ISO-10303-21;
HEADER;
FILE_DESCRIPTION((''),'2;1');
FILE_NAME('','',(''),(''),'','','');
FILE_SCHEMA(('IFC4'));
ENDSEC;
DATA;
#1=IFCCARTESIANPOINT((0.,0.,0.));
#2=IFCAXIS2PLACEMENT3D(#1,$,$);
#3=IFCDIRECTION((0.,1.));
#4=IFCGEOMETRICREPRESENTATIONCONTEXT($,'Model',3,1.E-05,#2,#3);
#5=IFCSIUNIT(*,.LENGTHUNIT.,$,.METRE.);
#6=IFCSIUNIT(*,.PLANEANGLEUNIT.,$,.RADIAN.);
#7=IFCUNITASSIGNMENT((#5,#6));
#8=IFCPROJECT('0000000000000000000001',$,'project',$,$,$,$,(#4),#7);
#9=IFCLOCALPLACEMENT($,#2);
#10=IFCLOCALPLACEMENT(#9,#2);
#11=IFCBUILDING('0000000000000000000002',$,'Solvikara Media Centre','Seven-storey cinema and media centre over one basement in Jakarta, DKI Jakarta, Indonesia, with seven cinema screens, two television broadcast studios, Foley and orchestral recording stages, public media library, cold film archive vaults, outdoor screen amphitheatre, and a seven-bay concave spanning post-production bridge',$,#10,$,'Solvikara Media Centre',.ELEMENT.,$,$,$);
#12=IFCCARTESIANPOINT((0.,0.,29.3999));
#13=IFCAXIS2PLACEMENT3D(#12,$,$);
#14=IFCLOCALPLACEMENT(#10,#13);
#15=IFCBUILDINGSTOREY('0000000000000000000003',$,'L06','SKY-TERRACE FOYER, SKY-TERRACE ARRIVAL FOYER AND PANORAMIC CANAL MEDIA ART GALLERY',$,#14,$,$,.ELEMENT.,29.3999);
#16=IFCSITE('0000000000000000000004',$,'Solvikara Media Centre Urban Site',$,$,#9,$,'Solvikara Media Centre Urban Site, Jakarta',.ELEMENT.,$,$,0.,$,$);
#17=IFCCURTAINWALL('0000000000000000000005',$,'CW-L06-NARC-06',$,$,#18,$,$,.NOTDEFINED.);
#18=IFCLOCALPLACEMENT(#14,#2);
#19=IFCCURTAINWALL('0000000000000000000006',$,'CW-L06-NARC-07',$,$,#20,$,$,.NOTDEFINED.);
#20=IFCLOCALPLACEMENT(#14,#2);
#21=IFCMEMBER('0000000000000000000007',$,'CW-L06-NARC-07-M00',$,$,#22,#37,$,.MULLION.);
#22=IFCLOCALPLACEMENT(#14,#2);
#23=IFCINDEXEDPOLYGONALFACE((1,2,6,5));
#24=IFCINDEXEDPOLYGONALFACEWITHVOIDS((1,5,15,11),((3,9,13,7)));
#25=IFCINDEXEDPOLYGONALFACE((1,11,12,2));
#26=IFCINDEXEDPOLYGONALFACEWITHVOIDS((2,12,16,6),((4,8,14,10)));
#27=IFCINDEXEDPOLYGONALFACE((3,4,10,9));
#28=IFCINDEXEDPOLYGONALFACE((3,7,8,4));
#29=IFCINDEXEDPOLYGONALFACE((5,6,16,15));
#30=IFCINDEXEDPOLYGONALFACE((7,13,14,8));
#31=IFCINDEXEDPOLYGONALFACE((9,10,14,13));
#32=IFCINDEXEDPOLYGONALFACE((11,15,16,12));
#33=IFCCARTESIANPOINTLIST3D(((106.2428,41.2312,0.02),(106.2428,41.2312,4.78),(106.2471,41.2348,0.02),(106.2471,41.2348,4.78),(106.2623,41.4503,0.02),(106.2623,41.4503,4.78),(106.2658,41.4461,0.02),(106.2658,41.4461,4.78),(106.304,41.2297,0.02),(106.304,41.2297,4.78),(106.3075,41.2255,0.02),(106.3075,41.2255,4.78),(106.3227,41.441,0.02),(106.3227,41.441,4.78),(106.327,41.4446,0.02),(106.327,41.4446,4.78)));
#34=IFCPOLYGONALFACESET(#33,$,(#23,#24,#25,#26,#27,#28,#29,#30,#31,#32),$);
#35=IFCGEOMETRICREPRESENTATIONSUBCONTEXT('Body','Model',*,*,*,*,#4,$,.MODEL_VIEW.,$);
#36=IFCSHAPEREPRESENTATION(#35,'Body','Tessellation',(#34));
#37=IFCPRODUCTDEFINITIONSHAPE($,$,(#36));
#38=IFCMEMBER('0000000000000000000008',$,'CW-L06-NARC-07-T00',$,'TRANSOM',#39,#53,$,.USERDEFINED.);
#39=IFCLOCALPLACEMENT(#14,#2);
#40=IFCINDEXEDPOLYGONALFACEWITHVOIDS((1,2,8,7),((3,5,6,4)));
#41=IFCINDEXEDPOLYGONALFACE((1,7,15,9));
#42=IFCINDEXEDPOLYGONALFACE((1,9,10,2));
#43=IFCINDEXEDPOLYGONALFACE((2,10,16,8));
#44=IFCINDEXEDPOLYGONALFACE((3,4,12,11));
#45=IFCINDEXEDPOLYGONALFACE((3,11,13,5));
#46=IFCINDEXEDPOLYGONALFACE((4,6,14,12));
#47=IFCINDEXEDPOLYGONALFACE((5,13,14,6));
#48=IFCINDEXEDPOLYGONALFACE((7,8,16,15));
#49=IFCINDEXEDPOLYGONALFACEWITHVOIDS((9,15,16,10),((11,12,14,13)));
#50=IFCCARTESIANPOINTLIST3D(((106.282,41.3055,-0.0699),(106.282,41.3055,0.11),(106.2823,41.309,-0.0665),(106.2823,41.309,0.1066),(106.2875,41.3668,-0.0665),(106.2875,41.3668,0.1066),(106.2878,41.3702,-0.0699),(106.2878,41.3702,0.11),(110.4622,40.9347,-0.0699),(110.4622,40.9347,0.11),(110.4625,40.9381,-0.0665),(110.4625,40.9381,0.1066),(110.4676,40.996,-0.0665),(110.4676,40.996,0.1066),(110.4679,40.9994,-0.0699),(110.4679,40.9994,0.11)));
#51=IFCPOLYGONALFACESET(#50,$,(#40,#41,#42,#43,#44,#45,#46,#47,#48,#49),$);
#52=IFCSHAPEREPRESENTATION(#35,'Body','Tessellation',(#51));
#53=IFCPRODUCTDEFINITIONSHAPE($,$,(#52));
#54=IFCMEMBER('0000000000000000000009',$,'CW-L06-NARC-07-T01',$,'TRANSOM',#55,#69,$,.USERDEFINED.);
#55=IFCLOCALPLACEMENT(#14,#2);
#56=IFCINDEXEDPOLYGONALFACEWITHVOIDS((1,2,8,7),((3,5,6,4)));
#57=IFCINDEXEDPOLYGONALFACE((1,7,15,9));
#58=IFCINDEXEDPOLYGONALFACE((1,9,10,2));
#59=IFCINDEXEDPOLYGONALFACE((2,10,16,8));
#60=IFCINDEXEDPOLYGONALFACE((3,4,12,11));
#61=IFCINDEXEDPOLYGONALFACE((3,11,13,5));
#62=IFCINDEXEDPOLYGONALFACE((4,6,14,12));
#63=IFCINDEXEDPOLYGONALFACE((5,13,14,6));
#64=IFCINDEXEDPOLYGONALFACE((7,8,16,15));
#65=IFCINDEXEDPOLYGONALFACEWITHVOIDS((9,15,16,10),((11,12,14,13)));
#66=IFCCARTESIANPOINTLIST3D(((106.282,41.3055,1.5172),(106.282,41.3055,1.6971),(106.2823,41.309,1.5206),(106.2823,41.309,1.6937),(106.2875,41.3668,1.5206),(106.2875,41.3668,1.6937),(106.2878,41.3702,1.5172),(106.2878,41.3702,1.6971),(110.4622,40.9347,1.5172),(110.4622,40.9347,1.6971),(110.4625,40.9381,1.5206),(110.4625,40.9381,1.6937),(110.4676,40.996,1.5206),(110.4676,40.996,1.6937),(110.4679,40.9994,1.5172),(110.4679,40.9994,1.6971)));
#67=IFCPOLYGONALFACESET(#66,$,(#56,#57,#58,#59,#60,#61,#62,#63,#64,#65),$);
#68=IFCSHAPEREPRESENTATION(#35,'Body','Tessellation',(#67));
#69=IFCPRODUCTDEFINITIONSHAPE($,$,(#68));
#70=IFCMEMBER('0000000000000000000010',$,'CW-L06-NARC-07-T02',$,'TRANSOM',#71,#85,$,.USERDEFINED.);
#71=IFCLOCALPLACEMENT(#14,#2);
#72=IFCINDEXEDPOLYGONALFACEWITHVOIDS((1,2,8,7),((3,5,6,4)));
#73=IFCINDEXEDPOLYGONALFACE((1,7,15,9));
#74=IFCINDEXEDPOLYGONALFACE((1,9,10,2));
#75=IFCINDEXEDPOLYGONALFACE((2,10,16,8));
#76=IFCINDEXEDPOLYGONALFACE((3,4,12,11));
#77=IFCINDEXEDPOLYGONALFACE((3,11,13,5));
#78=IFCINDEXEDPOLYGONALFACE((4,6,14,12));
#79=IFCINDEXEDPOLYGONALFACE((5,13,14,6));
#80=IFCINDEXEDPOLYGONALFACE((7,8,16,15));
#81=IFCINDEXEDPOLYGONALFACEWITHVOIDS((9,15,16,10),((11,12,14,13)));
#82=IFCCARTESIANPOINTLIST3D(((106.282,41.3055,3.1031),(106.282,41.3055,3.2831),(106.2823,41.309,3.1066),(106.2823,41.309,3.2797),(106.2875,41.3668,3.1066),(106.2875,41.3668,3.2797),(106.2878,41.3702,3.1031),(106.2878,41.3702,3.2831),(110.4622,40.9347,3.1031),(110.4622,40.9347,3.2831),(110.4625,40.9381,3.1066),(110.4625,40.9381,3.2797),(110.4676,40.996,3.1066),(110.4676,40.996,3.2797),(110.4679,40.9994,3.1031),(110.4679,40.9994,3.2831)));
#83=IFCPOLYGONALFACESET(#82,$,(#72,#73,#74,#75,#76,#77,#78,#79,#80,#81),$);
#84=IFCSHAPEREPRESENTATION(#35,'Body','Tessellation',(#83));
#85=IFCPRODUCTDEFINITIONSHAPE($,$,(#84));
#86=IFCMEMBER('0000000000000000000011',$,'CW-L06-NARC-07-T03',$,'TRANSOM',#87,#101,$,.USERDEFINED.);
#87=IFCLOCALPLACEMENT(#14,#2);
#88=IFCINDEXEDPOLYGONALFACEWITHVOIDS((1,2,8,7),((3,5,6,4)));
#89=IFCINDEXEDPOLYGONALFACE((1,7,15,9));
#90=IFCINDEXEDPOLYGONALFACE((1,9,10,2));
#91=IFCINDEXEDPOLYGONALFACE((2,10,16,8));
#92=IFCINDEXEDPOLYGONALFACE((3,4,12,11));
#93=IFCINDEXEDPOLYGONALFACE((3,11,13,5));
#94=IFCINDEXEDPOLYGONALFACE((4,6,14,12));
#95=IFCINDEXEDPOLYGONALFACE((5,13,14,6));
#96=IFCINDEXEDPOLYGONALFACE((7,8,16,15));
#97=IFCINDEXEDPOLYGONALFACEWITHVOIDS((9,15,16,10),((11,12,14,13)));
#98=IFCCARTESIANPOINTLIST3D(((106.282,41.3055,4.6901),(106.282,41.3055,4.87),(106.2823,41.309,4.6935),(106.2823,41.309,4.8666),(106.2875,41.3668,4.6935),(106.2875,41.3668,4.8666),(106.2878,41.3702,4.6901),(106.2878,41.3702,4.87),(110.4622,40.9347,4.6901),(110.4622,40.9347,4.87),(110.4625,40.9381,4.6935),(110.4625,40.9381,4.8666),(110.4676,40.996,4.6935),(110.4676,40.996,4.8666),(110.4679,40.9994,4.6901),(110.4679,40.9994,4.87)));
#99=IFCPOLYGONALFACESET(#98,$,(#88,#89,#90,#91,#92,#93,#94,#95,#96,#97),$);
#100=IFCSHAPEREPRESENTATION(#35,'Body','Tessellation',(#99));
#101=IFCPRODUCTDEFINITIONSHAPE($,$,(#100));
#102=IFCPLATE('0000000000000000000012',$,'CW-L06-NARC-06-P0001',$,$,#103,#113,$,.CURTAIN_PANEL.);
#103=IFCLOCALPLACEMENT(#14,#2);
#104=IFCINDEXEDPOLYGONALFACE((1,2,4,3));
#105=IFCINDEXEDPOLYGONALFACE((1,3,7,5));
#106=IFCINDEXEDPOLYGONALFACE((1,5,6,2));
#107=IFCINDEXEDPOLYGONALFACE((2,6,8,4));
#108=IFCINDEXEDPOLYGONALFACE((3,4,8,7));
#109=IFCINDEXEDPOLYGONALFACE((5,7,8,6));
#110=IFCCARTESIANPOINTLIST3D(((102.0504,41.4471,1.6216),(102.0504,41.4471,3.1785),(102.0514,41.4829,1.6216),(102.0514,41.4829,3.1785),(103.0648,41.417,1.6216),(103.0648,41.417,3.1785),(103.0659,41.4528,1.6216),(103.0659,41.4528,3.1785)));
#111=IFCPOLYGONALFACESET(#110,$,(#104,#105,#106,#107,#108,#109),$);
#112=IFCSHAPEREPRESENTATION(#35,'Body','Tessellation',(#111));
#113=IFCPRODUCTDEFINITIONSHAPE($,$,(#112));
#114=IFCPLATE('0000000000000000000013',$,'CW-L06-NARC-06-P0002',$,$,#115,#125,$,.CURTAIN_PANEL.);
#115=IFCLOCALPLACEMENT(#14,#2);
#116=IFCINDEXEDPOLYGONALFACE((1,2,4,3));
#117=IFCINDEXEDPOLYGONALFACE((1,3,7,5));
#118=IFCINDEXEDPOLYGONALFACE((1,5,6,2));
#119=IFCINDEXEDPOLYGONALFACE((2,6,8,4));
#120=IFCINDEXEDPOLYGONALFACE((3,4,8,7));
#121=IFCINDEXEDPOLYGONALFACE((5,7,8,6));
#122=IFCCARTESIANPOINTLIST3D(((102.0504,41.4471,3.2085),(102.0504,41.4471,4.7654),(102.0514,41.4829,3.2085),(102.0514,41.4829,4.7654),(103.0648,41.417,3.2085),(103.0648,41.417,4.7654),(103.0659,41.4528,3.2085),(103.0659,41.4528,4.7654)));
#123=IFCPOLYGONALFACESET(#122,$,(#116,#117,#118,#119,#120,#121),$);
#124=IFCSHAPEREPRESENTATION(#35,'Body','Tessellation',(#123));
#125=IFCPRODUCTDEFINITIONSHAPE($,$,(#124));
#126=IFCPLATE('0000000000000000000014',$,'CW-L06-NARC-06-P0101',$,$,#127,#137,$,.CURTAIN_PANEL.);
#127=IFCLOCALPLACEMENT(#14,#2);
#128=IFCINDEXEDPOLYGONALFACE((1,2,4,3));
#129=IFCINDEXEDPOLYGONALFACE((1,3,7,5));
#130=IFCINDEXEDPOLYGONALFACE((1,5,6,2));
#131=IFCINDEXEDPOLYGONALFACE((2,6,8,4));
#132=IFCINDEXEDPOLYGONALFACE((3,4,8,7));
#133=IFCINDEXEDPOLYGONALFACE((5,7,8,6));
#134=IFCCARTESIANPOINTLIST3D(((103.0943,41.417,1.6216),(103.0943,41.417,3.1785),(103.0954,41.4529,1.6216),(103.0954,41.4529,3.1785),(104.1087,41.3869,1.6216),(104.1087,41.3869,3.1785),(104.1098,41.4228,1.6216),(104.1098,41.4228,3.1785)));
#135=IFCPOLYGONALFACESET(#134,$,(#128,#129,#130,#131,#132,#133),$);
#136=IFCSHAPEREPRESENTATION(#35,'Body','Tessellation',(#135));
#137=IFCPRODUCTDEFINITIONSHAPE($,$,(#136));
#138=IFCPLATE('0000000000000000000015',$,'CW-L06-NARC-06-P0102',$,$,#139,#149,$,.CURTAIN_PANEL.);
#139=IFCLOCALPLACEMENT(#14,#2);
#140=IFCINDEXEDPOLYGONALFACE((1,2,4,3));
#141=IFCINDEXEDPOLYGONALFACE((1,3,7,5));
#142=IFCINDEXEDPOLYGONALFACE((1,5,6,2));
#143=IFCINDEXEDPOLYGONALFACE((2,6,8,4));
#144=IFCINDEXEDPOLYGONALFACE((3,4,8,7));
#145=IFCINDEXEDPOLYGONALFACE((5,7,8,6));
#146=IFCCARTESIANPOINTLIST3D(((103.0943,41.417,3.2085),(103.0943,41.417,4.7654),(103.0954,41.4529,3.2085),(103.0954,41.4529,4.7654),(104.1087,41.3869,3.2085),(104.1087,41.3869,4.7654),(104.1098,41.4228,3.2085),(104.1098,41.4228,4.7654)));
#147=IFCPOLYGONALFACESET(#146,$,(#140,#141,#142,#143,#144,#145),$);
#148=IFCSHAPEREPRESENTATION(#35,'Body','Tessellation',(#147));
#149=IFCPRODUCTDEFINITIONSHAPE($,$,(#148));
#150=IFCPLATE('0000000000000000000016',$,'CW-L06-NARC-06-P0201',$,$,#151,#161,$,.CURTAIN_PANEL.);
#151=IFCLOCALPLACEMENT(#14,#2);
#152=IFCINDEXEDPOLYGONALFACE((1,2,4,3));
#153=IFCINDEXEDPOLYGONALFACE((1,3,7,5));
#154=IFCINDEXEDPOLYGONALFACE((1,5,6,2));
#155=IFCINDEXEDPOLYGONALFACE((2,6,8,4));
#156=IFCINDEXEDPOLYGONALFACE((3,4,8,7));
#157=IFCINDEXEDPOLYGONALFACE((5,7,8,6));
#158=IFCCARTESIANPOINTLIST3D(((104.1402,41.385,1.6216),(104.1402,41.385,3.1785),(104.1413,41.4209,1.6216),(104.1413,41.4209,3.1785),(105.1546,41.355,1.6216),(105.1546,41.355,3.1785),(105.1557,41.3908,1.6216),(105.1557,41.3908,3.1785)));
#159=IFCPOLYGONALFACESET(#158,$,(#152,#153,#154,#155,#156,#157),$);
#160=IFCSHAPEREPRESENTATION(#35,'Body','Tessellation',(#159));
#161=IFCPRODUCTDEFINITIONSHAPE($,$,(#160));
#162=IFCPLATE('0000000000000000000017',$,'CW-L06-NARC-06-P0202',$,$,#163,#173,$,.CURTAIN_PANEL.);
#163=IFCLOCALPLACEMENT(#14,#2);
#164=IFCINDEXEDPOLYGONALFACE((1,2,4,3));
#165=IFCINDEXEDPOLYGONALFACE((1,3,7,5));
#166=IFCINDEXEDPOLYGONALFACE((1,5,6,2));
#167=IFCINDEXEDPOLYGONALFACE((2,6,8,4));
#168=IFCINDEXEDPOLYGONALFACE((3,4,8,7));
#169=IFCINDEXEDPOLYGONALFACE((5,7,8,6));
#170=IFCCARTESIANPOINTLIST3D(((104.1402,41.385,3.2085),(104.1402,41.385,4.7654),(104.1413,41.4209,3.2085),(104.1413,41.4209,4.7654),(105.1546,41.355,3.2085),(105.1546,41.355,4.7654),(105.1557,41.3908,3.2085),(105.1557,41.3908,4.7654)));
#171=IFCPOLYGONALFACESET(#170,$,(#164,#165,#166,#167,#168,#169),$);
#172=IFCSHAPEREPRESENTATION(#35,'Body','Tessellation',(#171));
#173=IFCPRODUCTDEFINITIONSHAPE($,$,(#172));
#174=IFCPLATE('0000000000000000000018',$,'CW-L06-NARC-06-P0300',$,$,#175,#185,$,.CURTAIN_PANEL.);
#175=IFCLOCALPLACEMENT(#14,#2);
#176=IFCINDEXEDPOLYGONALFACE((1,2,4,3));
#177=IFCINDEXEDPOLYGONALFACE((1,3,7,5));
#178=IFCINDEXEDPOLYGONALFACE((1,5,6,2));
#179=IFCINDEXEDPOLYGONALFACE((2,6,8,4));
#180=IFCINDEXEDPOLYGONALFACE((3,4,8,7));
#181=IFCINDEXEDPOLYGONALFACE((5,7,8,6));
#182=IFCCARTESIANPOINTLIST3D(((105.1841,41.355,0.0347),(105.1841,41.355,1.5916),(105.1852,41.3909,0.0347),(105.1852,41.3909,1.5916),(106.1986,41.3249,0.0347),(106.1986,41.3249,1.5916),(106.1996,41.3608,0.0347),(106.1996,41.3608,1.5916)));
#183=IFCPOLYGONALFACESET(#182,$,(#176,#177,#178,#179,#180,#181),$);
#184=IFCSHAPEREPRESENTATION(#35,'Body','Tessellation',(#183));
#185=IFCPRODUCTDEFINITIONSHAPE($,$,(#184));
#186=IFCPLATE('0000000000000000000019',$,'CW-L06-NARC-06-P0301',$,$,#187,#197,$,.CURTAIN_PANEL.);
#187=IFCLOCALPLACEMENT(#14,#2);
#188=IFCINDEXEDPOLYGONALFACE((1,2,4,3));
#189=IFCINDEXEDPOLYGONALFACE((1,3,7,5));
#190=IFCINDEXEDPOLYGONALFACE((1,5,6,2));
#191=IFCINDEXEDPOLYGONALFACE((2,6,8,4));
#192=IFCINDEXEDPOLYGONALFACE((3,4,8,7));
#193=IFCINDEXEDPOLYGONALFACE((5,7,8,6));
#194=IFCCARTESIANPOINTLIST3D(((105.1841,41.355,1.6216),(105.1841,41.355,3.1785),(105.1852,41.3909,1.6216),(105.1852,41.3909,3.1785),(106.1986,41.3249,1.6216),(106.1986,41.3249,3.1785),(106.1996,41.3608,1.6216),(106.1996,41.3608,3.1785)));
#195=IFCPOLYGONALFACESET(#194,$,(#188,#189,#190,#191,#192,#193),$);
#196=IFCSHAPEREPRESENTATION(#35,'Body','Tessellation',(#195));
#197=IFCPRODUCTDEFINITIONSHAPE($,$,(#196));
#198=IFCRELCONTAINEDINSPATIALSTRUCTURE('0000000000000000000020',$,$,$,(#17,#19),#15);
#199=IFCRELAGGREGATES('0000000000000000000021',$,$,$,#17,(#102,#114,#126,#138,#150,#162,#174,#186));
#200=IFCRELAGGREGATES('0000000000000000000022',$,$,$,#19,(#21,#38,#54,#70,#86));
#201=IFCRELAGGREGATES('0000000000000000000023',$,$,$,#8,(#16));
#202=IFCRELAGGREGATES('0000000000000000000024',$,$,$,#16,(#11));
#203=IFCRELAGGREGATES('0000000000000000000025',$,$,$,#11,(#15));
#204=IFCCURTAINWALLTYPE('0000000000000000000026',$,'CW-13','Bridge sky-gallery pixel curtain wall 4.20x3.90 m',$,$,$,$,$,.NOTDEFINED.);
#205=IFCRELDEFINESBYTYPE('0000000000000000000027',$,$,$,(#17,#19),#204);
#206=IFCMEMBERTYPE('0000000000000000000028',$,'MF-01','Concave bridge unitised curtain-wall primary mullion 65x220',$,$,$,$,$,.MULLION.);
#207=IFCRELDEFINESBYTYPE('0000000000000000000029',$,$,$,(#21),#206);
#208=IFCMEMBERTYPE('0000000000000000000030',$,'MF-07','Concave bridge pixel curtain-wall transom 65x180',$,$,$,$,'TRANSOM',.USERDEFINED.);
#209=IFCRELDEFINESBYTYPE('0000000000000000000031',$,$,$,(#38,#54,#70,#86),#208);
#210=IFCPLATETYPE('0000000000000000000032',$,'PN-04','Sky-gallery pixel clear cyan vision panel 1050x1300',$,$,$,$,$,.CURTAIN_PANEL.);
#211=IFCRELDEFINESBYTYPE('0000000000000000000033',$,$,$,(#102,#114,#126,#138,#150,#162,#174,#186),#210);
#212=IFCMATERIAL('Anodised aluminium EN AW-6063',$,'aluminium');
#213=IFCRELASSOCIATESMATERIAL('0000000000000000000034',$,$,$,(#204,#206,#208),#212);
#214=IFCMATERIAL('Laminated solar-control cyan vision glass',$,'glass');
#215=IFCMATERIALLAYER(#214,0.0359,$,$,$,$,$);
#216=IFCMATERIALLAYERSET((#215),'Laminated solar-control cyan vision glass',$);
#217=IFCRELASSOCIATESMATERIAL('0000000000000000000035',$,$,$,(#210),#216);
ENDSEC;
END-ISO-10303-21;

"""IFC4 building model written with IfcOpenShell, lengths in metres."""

from ifc_helpers import new_model, si_unit, direction, frame, origin, origin_2d, place, context, subcontext, project, spatial, rectangle, hollow_rectangle, extrude, material, layer, layer_set, material_profile, profile_set, type_object, element, aggregate, save


model = new_model("IFC4")

# Units and contexts
model_context = context("Model", 3, precision=1e-05, world=origin(), true_north=direction((0.0, 1.0)))
body_context = subcontext(model_context, "Body", "Model", "MODEL_VIEW")
ifc_project = project(units=[si_unit("LENGTHUNIT", "METRE"), si_unit("PLANEANGLEUNIT", "RADIAN")], contexts=[model_context])

# Site, building, storey
site_placement = place(None, origin())
site = spatial("IfcSite", under=ifc_project, at=site_placement, Name="Solvikara Media Centre Urban Site", LongName="Solvikara Media Centre Urban Site, Jakarta", CompositionType="ELEMENT", RefElevation=0.0)
building_placement = place(site_placement, origin())
building = spatial("IfcBuilding", under=site, at=building_placement, Name="Solvikara Media Centre", Description="Seven-storey cinema and media centre over one basement in Jakarta, DKI Jakarta, Indonesia, with seven cinema screens, two television broadcast studios, Foley and orchestral recording stages, public media library, cold film archive vaults, outdoor screen amphitheatre, and a seven-bay concave spanning post-production bridge", LongName="Solvikara Media Centre", CompositionType="ELEMENT")
storey_placement = place(building_placement, frame((0.0, 0.0, 29.3999)))
storey = spatial("IfcBuildingStorey", under=building, at=storey_placement, Name="L06", Description="SKY-TERRACE FOYER, SKY-TERRACE ARRIVAL FOYER AND PANORAMIC CANAL MEDIA ART GALLERY", CompositionType="ELEMENT", Elevation=29.3999)

# Curtain walls, members
ifc_material_1 = material(Name="Anodised aluminium EN AW-6063", Category="aluminium")
curtain_wall_type = type_object("IfcCurtainWallType", Name="CW-13", Description="Bridge sky-gallery pixel curtain wall 4.20x3.90 m", PredefinedType="NOTDEFINED", material=ifc_material_1)
curtain_wall_1_placement = place(storey_placement, origin())
curtain_wall_1 = element("IfcCurtainWall", 1, at=curtain_wall_1_placement, inside=storey, type_object=curtain_wall_type, Name="CW-L06-NARC-06", PredefinedType="NOTDEFINED")
ifc_material_profile_1 = material_profile(ifc_material_1, hollow_rectangle(XDim=0.0649, YDim=0.22, WallThickness=0.0039, at=origin_2d()), Name="ALU-M 65x220x4")
ifc_profile_set_1 = profile_set([ifc_material_profile_1], Name="Anodised aluminium EN AW-6063")
member_type_1 = type_object("IfcMemberType", Name="MF-01", Description="Concave bridge unitised curtain-wall primary mullion 65x220", PredefinedType="MULLION", material=ifc_profile_set_1)
curtain_wall_2_placement = place(storey_placement, origin())
curtain_wall_2 = element("IfcCurtainWall", 2, at=curtain_wall_2_placement, inside=storey, type_object=curtain_wall_type, Name="CW-L06-NARC-07", PredefinedType="NOTDEFINED")
member_1_placement = place(storey_placement, frame((106.2849, 41.3379, 0.02), z_axis=(0.0, 0.0, 1.0), x_axis=(0.996084, -0.088408, 0.0)))
member_1 = element("IfcMember", 3, at=member_1_placement, type_object=member_type_1, Name="CW-L06-NARC-07-M00", PredefinedType="MULLION", context=body_context, shape_type="SweptSolid", body=[
    extrude(hollow_rectangle(XDim=0.0649, YDim=0.22, WallThickness=0.0039, at=origin_2d()), origin(), (0.0, 0.0, 1.0), 4.76),
])
ifc_material_profile_2 = material_profile(ifc_material_1, hollow_rectangle(XDim=0.0649, YDim=0.1799, WallThickness=0.0034, at=origin_2d()), Name="ALU-T 65x180x3.5")
ifc_profile_set_2 = profile_set([ifc_material_profile_2], Name="Anodised aluminium EN AW-6063")
member_type_2 = type_object("IfcMemberType", Name="MF-07", Description="Concave bridge pixel curtain-wall transom 65x180", ElementType="TRANSOM", PredefinedType="USERDEFINED", material=ifc_profile_set_2)
member_2_placement = place(storey_placement, frame((106.2849, 41.3379, 0.02), z_axis=(0.996088, -0.088369, 0.0), x_axis=(0.088369, 0.996088, 0.0)))
member_2 = element("IfcMember", 4, at=member_2_placement, type_object=member_type_2, Name="CW-L06-NARC-07-T00", ObjectType="TRANSOM", PredefinedType="USERDEFINED", context=body_context, shape_type="SweptSolid", body=[
    extrude(hollow_rectangle(XDim=0.0649, YDim=0.1799, WallThickness=0.0034, at=origin_2d()), origin(), (0.0, 0.0, 1.0), 4.1965),
])
member_3_placement = place(storey_placement, frame((106.2849, 41.3379, 1.6072), z_axis=(0.996088, -0.088369, 0.0), x_axis=(0.088369, 0.996088, 0.0)))
member_3 = element("IfcMember", 5, at=member_3_placement, type_object=member_type_2, Name="CW-L06-NARC-07-T01", ObjectType="TRANSOM", PredefinedType="USERDEFINED", context=body_context, shape_type="SweptSolid", body=[
    extrude(hollow_rectangle(XDim=0.0649, YDim=0.1799, WallThickness=0.0034, at=origin_2d()), origin(), (0.0, 0.0, 1.0), 4.1965),
])
member_4_placement = place(storey_placement, frame((106.2849, 41.3379, 3.1931), z_axis=(0.996088, -0.088369, 0.0), x_axis=(0.088369, 0.996088, 0.0)))
member_4 = element("IfcMember", 6, at=member_4_placement, type_object=member_type_2, Name="CW-L06-NARC-07-T02", ObjectType="TRANSOM", PredefinedType="USERDEFINED", context=body_context, shape_type="SweptSolid", body=[
    extrude(hollow_rectangle(XDim=0.0649, YDim=0.1799, WallThickness=0.0034, at=origin_2d()), origin(), (0.0, 0.0, 1.0), 4.1965),
])
member_5_placement = place(storey_placement, frame((106.2849, 41.3379, 4.78), z_axis=(0.996088, -0.088369, 0.0), x_axis=(0.088369, 0.996088, 0.0)))
member_5 = element("IfcMember", 7, at=member_5_placement, type_object=member_type_2, Name="CW-L06-NARC-07-T03", ObjectType="TRANSOM", PredefinedType="USERDEFINED", context=body_context, shape_type="SweptSolid", body=[
    extrude(hollow_rectangle(XDim=0.0649, YDim=0.1799, WallThickness=0.0034, at=origin_2d()), origin(), (0.0, 0.0, 1.0), 4.1965),
])

# Plates
ifc_material_2 = material(Name="Laminated solar-control cyan vision glass", Category="glass")
ifc_layer_1 = layer(ifc_material_2, 0.0359)
ifc_layer_set_1 = layer_set([ifc_layer_1], Name="Laminated solar-control cyan vision glass")
plate_type_1 = type_object("IfcPlateType", Name="PN-04", Description="Sky-gallery pixel clear cyan vision panel 1050x1300", PredefinedType="CURTAIN_PANEL", material=ifc_layer_set_1)
plate_1_placement = place(storey_placement, frame((102.5581, 41.45, 1.6216), z_axis=(0.0, 0.0, 1.0), x_axis=(0.99956, -0.029649, 0.0)))
plate_1 = element("IfcPlate", 8, at=plate_1_placement, type_object=plate_type_1, Name="CW-L06-NARC-06-P0001", PredefinedType="CURTAIN_PANEL", context=body_context, shape_type="SweptSolid", body=[
    extrude(rectangle(XDim=1.0149, YDim=0.0359, at=origin_2d()), origin(), (0.0, 0.0, 1.0), 1.5569),
])
plate_2_placement = place(storey_placement, frame((102.5581, 41.45, 3.2085), z_axis=(0.0, 0.0, 1.0), x_axis=(0.99956, -0.029649, 0.0)))
plate_2 = element("IfcPlate", 9, at=plate_2_placement, type_object=plate_type_1, Name="CW-L06-NARC-06-P0002", PredefinedType="CURTAIN_PANEL", context=body_context, shape_type="SweptSolid", body=[
    extrude(rectangle(XDim=1.0149, YDim=0.0359, at=origin_2d()), origin(), (0.0, 0.0, 1.0), 1.5569),
])
plate_3_placement = place(storey_placement, frame((103.6021, 41.4199, 1.6216), z_axis=(0.0, 0.0, 1.0), x_axis=(0.99956, -0.029649, 0.0)))
plate_3 = element("IfcPlate", 10, at=plate_3_placement, type_object=plate_type_1, Name="CW-L06-NARC-06-P0101", PredefinedType="CURTAIN_PANEL", context=body_context, shape_type="SweptSolid", body=[
    extrude(rectangle(XDim=1.0149, YDim=0.0359, at=origin_2d()), origin(), (0.0, 0.0, 1.0), 1.5569),
])
plate_4_placement = place(storey_placement, frame((103.6021, 41.4199, 3.2085), z_axis=(0.0, 0.0, 1.0), x_axis=(0.99956, -0.029649, 0.0)))
plate_4 = element("IfcPlate", 11, at=plate_4_placement, type_object=plate_type_1, Name="CW-L06-NARC-06-P0102", PredefinedType="CURTAIN_PANEL", context=body_context, shape_type="SweptSolid", body=[
    extrude(rectangle(XDim=1.0149, YDim=0.0359, at=origin_2d()), origin(), (0.0, 0.0, 1.0), 1.5569),
])
plate_5_placement = place(storey_placement, frame((104.6479, 41.3879, 1.6216), z_axis=(0.0, 0.0, 1.0), x_axis=(0.99956, -0.029649, 0.0)))
plate_5 = element("IfcPlate", 12, at=plate_5_placement, type_object=plate_type_1, Name="CW-L06-NARC-06-P0201", PredefinedType="CURTAIN_PANEL", context=body_context, shape_type="SweptSolid", body=[
    extrude(rectangle(XDim=1.0149, YDim=0.0359, at=origin_2d()), origin(), (0.0, 0.0, 1.0), 1.5569),
])
plate_6_placement = place(storey_placement, frame((104.6479, 41.3879, 3.2085), z_axis=(0.0, 0.0, 1.0), x_axis=(0.99956, -0.029649, 0.0)))
plate_6 = element("IfcPlate", 13, at=plate_6_placement, type_object=plate_type_1, Name="CW-L06-NARC-06-P0202", PredefinedType="CURTAIN_PANEL", context=body_context, shape_type="SweptSolid", body=[
    extrude(rectangle(XDim=1.0149, YDim=0.0359, at=origin_2d()), origin(), (0.0, 0.0, 1.0), 1.5569),
])
plate_7_placement = place(storey_placement, frame((105.6919, 41.3579, 0.0347), z_axis=(0.0, 0.0, 1.0), x_axis=(0.99956, -0.029649, 0.0)))
plate_7 = element("IfcPlate", 14, at=plate_7_placement, type_object=plate_type_1, Name="CW-L06-NARC-06-P0300", PredefinedType="CURTAIN_PANEL", context=body_context, shape_type="SweptSolid", body=[
    extrude(rectangle(XDim=1.0149, YDim=0.0359, at=origin_2d()), origin(), (0.0, 0.0, 1.0), 1.5569),
])
plate_8_placement = place(storey_placement, frame((105.6919, 41.3579, 1.6216), z_axis=(0.0, 0.0, 1.0), x_axis=(0.99956, -0.029649, 0.0)))
plate_8 = element("IfcPlate", 15, at=plate_8_placement, type_object=plate_type_1, Name="CW-L06-NARC-06-P0301", PredefinedType="CURTAIN_PANEL", context=body_context, shape_type="SweptSolid", body=[
    extrude(rectangle(XDim=1.0149, YDim=0.0359, at=origin_2d()), origin(), (0.0, 0.0, 1.0), 1.5569),
])

aggregate(curtain_wall_1, [plate_1, plate_2, plate_3, plate_4, plate_5, plate_6, plate_7, plate_8])
aggregate(curtain_wall_2, [member_1, member_2, member_3, member_4, member_5])

save(model, "model.ifc")
